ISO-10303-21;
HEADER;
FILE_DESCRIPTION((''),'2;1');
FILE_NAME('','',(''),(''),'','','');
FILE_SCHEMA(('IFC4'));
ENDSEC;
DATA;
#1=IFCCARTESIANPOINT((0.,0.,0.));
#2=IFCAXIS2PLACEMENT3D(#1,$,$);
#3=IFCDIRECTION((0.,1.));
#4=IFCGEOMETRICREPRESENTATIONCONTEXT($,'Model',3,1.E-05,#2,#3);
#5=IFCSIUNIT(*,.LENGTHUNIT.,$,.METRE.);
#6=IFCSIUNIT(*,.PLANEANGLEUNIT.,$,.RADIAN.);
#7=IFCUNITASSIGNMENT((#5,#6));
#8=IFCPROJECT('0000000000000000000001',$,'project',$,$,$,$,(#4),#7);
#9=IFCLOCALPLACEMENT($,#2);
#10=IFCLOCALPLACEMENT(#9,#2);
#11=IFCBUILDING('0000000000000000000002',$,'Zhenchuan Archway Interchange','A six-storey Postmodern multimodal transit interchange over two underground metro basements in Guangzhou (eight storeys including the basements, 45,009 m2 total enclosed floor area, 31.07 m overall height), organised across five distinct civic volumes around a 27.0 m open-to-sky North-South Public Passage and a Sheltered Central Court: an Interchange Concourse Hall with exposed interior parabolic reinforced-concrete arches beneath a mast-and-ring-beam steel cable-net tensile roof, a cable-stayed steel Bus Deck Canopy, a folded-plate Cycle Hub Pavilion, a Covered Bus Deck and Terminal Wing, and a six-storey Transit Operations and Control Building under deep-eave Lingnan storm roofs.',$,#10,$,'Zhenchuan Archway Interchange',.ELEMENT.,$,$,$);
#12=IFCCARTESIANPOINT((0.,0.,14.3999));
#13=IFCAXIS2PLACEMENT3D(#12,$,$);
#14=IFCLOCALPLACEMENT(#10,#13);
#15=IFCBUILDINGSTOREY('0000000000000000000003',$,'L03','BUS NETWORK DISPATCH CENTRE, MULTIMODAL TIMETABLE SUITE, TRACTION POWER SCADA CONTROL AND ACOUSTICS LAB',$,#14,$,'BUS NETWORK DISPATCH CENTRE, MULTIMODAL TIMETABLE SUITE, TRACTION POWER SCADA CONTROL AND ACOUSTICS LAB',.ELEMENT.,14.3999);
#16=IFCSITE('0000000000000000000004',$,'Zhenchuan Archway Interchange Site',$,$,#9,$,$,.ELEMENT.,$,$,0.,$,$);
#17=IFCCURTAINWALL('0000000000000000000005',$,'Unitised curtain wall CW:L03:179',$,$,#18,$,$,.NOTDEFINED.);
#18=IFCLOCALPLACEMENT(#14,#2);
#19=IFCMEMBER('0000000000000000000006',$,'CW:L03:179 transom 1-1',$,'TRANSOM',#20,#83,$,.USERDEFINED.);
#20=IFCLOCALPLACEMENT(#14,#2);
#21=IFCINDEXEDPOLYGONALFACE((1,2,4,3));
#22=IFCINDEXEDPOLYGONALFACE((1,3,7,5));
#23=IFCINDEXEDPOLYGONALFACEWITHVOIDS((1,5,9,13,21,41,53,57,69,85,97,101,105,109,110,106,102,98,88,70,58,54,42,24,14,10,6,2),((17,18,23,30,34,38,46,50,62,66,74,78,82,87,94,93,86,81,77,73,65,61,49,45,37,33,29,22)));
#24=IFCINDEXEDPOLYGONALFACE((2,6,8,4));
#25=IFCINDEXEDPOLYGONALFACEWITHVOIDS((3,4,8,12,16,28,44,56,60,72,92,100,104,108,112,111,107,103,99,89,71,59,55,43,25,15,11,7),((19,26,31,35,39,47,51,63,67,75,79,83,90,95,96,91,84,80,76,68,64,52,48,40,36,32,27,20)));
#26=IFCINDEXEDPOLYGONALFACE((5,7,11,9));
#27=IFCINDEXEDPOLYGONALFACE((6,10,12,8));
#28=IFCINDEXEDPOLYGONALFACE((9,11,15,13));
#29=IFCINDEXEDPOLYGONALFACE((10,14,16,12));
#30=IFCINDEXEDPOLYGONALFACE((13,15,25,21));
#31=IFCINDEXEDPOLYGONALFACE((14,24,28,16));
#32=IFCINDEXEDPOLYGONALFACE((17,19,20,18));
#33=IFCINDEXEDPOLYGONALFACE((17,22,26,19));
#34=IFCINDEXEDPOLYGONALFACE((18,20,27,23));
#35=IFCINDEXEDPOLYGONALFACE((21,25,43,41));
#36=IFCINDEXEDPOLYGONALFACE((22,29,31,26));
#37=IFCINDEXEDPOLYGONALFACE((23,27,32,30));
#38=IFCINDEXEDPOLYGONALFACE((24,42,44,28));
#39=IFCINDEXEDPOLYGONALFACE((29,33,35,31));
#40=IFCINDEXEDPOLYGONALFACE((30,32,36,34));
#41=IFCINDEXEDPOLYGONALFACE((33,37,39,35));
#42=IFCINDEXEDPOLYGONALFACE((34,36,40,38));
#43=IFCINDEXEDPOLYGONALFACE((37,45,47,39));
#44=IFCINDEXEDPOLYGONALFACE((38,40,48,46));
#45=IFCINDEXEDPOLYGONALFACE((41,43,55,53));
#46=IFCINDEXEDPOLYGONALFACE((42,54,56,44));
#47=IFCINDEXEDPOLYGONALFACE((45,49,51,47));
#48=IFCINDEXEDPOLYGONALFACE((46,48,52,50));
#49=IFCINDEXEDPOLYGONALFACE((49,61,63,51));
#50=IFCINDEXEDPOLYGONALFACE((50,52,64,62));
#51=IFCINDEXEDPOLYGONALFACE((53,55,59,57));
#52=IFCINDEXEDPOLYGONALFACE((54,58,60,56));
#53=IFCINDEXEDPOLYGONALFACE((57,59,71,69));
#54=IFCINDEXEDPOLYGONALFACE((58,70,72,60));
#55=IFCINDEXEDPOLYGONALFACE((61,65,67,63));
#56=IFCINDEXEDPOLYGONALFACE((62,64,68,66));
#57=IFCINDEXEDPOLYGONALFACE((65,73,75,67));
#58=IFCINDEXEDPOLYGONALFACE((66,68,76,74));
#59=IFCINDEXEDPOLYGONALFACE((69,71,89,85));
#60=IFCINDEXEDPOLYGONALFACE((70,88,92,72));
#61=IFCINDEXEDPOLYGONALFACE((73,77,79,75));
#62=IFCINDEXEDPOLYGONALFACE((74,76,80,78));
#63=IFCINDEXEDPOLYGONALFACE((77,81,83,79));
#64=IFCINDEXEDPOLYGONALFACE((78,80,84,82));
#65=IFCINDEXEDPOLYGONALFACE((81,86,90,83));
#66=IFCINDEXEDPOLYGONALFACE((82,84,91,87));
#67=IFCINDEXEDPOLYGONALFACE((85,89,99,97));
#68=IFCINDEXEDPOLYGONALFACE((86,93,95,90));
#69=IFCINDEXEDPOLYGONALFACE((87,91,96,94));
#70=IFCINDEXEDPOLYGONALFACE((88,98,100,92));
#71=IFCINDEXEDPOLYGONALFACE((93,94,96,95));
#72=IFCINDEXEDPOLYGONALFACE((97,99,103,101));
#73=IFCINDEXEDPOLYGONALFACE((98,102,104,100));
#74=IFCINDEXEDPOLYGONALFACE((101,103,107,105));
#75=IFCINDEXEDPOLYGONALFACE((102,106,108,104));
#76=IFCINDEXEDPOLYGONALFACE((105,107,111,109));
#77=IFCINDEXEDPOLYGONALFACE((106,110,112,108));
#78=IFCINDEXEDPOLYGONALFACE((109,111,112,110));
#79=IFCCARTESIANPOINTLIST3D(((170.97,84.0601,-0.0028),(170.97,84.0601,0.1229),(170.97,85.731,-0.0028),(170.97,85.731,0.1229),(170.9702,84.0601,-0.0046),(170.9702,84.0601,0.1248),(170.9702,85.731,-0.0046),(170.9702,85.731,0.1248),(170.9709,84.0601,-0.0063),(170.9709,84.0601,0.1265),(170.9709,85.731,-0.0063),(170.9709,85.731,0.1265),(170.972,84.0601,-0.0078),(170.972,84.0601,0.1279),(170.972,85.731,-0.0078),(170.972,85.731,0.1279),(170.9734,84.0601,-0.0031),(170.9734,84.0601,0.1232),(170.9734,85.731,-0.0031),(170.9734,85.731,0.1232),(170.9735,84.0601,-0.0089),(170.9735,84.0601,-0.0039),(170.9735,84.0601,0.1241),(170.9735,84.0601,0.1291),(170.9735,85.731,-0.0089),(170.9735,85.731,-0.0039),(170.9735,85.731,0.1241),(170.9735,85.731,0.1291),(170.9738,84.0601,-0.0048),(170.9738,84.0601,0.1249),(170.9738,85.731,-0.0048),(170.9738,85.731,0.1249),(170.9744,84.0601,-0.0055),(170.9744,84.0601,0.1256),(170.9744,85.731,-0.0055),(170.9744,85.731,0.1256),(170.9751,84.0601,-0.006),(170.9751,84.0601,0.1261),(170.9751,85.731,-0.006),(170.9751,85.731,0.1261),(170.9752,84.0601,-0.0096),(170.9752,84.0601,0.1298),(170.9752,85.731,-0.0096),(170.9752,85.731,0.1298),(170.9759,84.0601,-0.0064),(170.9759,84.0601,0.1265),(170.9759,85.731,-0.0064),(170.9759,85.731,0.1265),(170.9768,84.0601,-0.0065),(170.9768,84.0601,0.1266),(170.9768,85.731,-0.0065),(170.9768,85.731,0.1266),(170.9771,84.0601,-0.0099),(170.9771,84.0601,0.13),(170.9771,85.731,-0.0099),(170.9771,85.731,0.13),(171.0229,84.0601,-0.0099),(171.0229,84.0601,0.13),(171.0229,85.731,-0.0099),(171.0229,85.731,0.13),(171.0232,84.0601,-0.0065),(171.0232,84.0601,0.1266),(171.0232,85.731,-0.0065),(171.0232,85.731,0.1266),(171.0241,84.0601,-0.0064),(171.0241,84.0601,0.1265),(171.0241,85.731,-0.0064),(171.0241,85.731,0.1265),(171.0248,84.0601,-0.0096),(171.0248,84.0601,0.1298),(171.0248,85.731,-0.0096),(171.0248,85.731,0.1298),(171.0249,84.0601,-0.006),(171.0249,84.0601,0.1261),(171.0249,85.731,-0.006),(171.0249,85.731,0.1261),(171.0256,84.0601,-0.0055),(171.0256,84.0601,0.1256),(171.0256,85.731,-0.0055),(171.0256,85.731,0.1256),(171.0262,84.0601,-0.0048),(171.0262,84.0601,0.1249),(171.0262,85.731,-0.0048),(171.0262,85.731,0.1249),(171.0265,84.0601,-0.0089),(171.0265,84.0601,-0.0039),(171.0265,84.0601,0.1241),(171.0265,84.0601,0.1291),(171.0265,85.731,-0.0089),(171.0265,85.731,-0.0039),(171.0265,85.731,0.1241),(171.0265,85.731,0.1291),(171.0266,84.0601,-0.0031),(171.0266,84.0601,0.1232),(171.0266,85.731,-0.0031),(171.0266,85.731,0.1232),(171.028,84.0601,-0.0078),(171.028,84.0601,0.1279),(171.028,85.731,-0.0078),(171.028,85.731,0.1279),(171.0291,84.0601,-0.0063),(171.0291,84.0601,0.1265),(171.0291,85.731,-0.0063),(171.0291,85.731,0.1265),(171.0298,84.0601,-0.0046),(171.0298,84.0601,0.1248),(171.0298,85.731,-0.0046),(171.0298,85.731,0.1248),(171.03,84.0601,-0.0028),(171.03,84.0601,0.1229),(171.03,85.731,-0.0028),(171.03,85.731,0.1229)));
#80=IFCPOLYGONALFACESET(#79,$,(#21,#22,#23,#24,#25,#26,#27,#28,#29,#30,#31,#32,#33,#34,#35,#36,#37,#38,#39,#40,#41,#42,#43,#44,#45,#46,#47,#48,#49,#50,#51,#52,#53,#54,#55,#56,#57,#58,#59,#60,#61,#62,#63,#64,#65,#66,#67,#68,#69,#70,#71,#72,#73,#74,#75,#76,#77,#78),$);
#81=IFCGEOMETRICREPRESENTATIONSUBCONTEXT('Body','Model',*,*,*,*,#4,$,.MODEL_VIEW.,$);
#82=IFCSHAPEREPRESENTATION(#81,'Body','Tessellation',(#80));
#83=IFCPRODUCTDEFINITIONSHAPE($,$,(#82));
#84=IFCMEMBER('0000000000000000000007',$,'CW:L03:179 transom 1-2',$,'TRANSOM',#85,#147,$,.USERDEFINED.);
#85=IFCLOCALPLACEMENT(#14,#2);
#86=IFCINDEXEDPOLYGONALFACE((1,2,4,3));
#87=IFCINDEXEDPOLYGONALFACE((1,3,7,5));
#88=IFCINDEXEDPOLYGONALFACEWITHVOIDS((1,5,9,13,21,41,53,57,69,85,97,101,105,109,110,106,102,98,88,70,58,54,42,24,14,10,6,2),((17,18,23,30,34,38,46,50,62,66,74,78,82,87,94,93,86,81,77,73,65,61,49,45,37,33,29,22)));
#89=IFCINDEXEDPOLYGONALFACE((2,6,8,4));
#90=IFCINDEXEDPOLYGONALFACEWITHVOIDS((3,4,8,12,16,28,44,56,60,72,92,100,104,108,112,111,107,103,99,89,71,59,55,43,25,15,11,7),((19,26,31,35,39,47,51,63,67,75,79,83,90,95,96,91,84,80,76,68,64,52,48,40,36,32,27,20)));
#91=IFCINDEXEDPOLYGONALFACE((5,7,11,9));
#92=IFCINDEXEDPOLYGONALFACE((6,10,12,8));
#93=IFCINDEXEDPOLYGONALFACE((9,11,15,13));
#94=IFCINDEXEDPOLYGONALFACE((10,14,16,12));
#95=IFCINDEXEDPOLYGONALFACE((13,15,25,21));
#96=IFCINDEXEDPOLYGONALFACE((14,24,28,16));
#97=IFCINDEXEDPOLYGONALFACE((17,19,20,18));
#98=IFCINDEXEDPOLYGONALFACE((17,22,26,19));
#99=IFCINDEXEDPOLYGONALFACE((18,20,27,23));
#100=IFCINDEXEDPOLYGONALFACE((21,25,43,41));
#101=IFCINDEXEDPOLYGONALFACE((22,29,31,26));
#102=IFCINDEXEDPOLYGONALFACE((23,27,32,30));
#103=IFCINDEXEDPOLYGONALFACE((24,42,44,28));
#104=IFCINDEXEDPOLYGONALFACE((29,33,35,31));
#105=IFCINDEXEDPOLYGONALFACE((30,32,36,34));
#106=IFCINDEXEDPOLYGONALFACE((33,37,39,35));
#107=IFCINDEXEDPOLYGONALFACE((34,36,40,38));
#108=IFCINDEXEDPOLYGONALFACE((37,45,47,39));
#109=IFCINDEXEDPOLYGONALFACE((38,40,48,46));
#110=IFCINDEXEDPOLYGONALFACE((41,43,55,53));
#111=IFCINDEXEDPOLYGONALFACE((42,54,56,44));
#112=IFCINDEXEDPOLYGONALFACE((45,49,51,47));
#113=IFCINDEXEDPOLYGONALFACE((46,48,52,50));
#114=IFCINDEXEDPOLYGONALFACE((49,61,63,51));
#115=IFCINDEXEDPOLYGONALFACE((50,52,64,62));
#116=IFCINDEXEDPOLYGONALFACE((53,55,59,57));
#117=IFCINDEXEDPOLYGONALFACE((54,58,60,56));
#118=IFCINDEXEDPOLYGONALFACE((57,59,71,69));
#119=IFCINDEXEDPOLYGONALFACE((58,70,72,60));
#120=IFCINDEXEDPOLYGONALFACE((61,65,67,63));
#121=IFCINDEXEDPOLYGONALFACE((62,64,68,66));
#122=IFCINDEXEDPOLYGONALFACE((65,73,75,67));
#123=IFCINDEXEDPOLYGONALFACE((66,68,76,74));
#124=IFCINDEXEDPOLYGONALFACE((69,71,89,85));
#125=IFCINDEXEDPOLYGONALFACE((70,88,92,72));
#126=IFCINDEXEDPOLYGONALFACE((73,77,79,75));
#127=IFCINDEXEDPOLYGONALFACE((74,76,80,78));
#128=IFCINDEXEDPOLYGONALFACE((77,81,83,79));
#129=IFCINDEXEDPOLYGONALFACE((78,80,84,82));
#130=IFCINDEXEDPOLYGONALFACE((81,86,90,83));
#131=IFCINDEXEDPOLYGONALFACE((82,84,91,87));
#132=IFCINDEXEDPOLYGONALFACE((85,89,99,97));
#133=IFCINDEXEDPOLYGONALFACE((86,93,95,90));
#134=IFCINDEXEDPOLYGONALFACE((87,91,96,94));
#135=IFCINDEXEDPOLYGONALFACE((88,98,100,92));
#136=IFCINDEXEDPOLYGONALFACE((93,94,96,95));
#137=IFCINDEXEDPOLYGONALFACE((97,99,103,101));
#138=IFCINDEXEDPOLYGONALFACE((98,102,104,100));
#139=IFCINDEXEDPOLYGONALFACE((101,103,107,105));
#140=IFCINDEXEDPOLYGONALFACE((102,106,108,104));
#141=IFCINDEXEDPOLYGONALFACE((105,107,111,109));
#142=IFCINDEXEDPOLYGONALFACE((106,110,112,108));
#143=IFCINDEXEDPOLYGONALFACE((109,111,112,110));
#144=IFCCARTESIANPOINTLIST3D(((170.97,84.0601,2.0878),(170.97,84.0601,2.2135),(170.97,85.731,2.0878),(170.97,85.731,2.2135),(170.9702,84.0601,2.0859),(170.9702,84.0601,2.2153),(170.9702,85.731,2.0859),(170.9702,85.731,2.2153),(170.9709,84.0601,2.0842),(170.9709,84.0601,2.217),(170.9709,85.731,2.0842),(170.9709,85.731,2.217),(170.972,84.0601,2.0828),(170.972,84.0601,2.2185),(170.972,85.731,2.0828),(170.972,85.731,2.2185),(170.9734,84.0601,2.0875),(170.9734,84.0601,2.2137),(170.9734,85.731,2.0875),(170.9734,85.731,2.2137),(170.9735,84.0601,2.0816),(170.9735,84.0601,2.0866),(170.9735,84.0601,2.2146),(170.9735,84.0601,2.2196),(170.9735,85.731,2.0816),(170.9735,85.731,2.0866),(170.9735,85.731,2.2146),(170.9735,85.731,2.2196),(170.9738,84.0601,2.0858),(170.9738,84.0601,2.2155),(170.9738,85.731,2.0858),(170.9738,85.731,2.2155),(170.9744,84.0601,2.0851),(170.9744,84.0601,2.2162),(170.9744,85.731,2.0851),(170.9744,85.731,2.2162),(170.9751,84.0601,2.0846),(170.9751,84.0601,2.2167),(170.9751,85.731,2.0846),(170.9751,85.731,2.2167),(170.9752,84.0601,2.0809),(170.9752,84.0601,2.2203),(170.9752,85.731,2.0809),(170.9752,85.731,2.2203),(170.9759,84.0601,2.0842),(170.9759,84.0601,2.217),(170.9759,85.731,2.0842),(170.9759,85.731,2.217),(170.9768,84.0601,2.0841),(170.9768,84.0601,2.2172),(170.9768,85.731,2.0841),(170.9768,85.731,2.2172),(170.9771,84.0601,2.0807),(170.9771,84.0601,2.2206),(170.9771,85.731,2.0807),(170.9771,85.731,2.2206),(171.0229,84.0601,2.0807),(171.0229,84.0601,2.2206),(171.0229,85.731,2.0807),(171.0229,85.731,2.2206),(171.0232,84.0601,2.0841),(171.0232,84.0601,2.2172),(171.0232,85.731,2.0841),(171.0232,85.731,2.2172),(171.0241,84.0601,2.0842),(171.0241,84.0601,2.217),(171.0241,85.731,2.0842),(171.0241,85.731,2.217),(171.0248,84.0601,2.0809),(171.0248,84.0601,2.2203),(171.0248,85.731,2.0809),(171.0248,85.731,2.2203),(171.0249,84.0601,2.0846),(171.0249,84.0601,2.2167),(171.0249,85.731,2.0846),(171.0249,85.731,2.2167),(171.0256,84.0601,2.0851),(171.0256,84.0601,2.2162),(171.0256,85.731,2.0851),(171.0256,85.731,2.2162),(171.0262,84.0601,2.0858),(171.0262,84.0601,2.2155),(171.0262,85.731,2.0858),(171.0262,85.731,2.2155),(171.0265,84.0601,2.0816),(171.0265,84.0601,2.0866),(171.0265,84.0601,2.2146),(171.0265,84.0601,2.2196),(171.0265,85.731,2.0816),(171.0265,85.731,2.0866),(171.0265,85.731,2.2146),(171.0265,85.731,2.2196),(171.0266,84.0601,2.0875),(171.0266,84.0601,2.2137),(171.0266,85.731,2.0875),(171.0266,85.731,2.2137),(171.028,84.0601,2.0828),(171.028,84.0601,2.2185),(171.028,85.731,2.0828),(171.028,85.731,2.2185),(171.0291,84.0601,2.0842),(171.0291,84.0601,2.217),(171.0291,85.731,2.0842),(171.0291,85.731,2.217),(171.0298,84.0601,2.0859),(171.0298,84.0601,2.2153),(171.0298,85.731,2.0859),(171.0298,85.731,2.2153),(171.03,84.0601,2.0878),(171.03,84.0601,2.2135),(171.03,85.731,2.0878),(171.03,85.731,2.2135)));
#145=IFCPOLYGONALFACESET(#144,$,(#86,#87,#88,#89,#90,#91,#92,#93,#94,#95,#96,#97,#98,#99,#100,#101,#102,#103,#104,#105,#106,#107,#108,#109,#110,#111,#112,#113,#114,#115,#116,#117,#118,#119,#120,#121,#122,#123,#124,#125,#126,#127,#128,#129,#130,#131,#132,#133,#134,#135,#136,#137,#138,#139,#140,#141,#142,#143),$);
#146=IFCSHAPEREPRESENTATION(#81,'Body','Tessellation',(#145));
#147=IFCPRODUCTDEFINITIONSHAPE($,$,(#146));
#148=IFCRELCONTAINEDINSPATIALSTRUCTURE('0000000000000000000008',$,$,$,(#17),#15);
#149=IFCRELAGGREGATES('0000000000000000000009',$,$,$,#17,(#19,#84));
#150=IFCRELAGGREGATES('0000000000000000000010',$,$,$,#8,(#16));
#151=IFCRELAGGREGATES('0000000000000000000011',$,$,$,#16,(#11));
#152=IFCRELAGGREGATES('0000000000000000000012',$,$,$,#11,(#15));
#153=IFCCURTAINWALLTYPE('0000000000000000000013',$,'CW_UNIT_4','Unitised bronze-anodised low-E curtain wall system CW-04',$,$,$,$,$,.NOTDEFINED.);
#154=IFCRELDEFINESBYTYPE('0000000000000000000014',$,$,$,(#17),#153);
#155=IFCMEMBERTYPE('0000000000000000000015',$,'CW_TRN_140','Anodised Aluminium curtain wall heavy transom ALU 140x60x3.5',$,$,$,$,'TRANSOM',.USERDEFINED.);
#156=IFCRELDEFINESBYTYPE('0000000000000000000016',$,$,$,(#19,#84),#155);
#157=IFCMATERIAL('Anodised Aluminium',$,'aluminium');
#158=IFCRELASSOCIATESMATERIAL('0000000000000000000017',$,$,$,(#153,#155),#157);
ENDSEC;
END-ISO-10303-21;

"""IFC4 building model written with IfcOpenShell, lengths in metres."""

from ifc_helpers import new_model, si_unit, direction, frame, origin, origin_2d, place, context, subcontext, project, spatial, hollow_rectangle, extrude, material, material_profile, profile_set, type_object, element, aggregate, save


model = new_model("IFC4")

# Units and contexts
model_context = context("Model", 3, precision=1e-05, world=origin(), true_north=direction((0.0, 1.0)))
body_context = subcontext(model_context, "Body", "Model", "MODEL_VIEW")
ifc_project = project(units=[si_unit("LENGTHUNIT", "METRE"), si_unit("PLANEANGLEUNIT", "RADIAN")], contexts=[model_context])

# Site, building, storey
site_placement = place(None, origin())
site = spatial("IfcSite", under=ifc_project, at=site_placement, Name="Zhenchuan Archway Interchange Site", CompositionType="ELEMENT", RefElevation=0.0)
building_placement = place(site_placement, origin())
building = spatial("IfcBuilding", under=site, at=building_placement, Name="Zhenchuan Archway Interchange", Description="A six-storey Postmodern multimodal transit interchange over two underground metro basements in Guangzhou (eight storeys including the basements, 45,009 m2 total enclosed floor area, 31.07 m overall height), organised across five distinct civic volumes around a 27.0 m open-to-sky North-South Public Passage and a Sheltered Central Court: an Interchange Concourse Hall with exposed interior parabolic reinforced-concrete arches beneath a mast-and-ring-beam steel cable-net tensile roof, a cable-stayed steel Bus Deck Canopy, a folded-plate Cycle Hub Pavilion, a Covered Bus Deck and Terminal Wing, and a six-storey Transit Operations and Control Building under deep-eave Lingnan storm roofs.", LongName="Zhenchuan Archway Interchange", CompositionType="ELEMENT")
storey_placement = place(building_placement, frame((0.0, 0.0, 14.3999)))
storey = spatial("IfcBuildingStorey", under=building, at=storey_placement, Name="L03", Description="BUS NETWORK DISPATCH CENTRE, MULTIMODAL TIMETABLE SUITE, TRACTION POWER SCADA CONTROL AND ACOUSTICS LAB", LongName="BUS NETWORK DISPATCH CENTRE, MULTIMODAL TIMETABLE SUITE, TRACTION POWER SCADA CONTROL AND ACOUSTICS LAB", CompositionType="ELEMENT", Elevation=14.3999)

# Shared definitions
ifc_material_1 = material(Name="Anodised Aluminium", Category="aluminium")

# Curtain wall
curtain_wall_type_1 = type_object("IfcCurtainWallType", Name="CW_UNIT_4", Description="Unitised bronze-anodised low-E curtain wall system CW-04", PredefinedType="NOTDEFINED", material=ifc_material_1)
curtain_wall_1_placement = place(storey_placement, origin())
curtain_wall_1 = element("IfcCurtainWall", 1, at=curtain_wall_1_placement, inside=storey, type_object=curtain_wall_type_1, Name="Unitised curtain wall CW:L03:179", PredefinedType="NOTDEFINED")

# Members
ifc_material_profile_1 = material_profile(ifc_material_1, hollow_rectangle(XDim=0.0601, YDim=0.1399, WallThickness=0.0034, InnerFilletRadius=0.0034, OuterFilletRadius=0.0071, at=origin_2d()), Name="ALU 140x60x3.5")
ifc_profile_set_1 = profile_set([ifc_material_profile_1], Name="Anodised Aluminium")
member_type_1 = type_object("IfcMemberType", Name="CW_TRN_140", Description="Anodised Aluminium curtain wall heavy transom ALU 140x60x3.5", ElementType="TRANSOM", PredefinedType="USERDEFINED", material=ifc_profile_set_1)
member_1_placement = place(storey_placement, frame((171.0, 85.731, 0.0601), z_axis=(0.0, -1.0, 0.0), x_axis=(1.0, 0.0, 0.0)))
member_1 = element("IfcMember", 2, at=member_1_placement, type_object=member_type_1, Name="CW:L03:179 transom 1-1", ObjectType="TRANSOM", PredefinedType="USERDEFINED", context=body_context, shape_type="SweptSolid", body=[
    extrude(hollow_rectangle(XDim=0.0601, YDim=0.1399, WallThickness=0.0034, InnerFilletRadius=0.0034, OuterFilletRadius=0.0071, at=origin_2d()), origin(), (0.0, 0.0, 1.0), 1.6709),
])
member_2_placement = place(storey_placement, frame((171.0, 85.731, 2.1506), z_axis=(0.0, -1.0, 0.0), x_axis=(1.0, 0.0, 0.0)))
member_2 = element("IfcMember", 3, at=member_2_placement, type_object=member_type_1, Name="CW:L03:179 transom 1-2", ObjectType="TRANSOM", PredefinedType="USERDEFINED", context=body_context, shape_type="SweptSolid", body=[
    extrude(hollow_rectangle(XDim=0.0601, YDim=0.1399, WallThickness=0.0034, InnerFilletRadius=0.0034, OuterFilletRadius=0.0071, at=origin_2d()), origin(), (0.0, 0.0, 1.0), 1.6709),
])

aggregate(curtain_wall_1, [member_1, member_2])

save(model, "model.ifc")
